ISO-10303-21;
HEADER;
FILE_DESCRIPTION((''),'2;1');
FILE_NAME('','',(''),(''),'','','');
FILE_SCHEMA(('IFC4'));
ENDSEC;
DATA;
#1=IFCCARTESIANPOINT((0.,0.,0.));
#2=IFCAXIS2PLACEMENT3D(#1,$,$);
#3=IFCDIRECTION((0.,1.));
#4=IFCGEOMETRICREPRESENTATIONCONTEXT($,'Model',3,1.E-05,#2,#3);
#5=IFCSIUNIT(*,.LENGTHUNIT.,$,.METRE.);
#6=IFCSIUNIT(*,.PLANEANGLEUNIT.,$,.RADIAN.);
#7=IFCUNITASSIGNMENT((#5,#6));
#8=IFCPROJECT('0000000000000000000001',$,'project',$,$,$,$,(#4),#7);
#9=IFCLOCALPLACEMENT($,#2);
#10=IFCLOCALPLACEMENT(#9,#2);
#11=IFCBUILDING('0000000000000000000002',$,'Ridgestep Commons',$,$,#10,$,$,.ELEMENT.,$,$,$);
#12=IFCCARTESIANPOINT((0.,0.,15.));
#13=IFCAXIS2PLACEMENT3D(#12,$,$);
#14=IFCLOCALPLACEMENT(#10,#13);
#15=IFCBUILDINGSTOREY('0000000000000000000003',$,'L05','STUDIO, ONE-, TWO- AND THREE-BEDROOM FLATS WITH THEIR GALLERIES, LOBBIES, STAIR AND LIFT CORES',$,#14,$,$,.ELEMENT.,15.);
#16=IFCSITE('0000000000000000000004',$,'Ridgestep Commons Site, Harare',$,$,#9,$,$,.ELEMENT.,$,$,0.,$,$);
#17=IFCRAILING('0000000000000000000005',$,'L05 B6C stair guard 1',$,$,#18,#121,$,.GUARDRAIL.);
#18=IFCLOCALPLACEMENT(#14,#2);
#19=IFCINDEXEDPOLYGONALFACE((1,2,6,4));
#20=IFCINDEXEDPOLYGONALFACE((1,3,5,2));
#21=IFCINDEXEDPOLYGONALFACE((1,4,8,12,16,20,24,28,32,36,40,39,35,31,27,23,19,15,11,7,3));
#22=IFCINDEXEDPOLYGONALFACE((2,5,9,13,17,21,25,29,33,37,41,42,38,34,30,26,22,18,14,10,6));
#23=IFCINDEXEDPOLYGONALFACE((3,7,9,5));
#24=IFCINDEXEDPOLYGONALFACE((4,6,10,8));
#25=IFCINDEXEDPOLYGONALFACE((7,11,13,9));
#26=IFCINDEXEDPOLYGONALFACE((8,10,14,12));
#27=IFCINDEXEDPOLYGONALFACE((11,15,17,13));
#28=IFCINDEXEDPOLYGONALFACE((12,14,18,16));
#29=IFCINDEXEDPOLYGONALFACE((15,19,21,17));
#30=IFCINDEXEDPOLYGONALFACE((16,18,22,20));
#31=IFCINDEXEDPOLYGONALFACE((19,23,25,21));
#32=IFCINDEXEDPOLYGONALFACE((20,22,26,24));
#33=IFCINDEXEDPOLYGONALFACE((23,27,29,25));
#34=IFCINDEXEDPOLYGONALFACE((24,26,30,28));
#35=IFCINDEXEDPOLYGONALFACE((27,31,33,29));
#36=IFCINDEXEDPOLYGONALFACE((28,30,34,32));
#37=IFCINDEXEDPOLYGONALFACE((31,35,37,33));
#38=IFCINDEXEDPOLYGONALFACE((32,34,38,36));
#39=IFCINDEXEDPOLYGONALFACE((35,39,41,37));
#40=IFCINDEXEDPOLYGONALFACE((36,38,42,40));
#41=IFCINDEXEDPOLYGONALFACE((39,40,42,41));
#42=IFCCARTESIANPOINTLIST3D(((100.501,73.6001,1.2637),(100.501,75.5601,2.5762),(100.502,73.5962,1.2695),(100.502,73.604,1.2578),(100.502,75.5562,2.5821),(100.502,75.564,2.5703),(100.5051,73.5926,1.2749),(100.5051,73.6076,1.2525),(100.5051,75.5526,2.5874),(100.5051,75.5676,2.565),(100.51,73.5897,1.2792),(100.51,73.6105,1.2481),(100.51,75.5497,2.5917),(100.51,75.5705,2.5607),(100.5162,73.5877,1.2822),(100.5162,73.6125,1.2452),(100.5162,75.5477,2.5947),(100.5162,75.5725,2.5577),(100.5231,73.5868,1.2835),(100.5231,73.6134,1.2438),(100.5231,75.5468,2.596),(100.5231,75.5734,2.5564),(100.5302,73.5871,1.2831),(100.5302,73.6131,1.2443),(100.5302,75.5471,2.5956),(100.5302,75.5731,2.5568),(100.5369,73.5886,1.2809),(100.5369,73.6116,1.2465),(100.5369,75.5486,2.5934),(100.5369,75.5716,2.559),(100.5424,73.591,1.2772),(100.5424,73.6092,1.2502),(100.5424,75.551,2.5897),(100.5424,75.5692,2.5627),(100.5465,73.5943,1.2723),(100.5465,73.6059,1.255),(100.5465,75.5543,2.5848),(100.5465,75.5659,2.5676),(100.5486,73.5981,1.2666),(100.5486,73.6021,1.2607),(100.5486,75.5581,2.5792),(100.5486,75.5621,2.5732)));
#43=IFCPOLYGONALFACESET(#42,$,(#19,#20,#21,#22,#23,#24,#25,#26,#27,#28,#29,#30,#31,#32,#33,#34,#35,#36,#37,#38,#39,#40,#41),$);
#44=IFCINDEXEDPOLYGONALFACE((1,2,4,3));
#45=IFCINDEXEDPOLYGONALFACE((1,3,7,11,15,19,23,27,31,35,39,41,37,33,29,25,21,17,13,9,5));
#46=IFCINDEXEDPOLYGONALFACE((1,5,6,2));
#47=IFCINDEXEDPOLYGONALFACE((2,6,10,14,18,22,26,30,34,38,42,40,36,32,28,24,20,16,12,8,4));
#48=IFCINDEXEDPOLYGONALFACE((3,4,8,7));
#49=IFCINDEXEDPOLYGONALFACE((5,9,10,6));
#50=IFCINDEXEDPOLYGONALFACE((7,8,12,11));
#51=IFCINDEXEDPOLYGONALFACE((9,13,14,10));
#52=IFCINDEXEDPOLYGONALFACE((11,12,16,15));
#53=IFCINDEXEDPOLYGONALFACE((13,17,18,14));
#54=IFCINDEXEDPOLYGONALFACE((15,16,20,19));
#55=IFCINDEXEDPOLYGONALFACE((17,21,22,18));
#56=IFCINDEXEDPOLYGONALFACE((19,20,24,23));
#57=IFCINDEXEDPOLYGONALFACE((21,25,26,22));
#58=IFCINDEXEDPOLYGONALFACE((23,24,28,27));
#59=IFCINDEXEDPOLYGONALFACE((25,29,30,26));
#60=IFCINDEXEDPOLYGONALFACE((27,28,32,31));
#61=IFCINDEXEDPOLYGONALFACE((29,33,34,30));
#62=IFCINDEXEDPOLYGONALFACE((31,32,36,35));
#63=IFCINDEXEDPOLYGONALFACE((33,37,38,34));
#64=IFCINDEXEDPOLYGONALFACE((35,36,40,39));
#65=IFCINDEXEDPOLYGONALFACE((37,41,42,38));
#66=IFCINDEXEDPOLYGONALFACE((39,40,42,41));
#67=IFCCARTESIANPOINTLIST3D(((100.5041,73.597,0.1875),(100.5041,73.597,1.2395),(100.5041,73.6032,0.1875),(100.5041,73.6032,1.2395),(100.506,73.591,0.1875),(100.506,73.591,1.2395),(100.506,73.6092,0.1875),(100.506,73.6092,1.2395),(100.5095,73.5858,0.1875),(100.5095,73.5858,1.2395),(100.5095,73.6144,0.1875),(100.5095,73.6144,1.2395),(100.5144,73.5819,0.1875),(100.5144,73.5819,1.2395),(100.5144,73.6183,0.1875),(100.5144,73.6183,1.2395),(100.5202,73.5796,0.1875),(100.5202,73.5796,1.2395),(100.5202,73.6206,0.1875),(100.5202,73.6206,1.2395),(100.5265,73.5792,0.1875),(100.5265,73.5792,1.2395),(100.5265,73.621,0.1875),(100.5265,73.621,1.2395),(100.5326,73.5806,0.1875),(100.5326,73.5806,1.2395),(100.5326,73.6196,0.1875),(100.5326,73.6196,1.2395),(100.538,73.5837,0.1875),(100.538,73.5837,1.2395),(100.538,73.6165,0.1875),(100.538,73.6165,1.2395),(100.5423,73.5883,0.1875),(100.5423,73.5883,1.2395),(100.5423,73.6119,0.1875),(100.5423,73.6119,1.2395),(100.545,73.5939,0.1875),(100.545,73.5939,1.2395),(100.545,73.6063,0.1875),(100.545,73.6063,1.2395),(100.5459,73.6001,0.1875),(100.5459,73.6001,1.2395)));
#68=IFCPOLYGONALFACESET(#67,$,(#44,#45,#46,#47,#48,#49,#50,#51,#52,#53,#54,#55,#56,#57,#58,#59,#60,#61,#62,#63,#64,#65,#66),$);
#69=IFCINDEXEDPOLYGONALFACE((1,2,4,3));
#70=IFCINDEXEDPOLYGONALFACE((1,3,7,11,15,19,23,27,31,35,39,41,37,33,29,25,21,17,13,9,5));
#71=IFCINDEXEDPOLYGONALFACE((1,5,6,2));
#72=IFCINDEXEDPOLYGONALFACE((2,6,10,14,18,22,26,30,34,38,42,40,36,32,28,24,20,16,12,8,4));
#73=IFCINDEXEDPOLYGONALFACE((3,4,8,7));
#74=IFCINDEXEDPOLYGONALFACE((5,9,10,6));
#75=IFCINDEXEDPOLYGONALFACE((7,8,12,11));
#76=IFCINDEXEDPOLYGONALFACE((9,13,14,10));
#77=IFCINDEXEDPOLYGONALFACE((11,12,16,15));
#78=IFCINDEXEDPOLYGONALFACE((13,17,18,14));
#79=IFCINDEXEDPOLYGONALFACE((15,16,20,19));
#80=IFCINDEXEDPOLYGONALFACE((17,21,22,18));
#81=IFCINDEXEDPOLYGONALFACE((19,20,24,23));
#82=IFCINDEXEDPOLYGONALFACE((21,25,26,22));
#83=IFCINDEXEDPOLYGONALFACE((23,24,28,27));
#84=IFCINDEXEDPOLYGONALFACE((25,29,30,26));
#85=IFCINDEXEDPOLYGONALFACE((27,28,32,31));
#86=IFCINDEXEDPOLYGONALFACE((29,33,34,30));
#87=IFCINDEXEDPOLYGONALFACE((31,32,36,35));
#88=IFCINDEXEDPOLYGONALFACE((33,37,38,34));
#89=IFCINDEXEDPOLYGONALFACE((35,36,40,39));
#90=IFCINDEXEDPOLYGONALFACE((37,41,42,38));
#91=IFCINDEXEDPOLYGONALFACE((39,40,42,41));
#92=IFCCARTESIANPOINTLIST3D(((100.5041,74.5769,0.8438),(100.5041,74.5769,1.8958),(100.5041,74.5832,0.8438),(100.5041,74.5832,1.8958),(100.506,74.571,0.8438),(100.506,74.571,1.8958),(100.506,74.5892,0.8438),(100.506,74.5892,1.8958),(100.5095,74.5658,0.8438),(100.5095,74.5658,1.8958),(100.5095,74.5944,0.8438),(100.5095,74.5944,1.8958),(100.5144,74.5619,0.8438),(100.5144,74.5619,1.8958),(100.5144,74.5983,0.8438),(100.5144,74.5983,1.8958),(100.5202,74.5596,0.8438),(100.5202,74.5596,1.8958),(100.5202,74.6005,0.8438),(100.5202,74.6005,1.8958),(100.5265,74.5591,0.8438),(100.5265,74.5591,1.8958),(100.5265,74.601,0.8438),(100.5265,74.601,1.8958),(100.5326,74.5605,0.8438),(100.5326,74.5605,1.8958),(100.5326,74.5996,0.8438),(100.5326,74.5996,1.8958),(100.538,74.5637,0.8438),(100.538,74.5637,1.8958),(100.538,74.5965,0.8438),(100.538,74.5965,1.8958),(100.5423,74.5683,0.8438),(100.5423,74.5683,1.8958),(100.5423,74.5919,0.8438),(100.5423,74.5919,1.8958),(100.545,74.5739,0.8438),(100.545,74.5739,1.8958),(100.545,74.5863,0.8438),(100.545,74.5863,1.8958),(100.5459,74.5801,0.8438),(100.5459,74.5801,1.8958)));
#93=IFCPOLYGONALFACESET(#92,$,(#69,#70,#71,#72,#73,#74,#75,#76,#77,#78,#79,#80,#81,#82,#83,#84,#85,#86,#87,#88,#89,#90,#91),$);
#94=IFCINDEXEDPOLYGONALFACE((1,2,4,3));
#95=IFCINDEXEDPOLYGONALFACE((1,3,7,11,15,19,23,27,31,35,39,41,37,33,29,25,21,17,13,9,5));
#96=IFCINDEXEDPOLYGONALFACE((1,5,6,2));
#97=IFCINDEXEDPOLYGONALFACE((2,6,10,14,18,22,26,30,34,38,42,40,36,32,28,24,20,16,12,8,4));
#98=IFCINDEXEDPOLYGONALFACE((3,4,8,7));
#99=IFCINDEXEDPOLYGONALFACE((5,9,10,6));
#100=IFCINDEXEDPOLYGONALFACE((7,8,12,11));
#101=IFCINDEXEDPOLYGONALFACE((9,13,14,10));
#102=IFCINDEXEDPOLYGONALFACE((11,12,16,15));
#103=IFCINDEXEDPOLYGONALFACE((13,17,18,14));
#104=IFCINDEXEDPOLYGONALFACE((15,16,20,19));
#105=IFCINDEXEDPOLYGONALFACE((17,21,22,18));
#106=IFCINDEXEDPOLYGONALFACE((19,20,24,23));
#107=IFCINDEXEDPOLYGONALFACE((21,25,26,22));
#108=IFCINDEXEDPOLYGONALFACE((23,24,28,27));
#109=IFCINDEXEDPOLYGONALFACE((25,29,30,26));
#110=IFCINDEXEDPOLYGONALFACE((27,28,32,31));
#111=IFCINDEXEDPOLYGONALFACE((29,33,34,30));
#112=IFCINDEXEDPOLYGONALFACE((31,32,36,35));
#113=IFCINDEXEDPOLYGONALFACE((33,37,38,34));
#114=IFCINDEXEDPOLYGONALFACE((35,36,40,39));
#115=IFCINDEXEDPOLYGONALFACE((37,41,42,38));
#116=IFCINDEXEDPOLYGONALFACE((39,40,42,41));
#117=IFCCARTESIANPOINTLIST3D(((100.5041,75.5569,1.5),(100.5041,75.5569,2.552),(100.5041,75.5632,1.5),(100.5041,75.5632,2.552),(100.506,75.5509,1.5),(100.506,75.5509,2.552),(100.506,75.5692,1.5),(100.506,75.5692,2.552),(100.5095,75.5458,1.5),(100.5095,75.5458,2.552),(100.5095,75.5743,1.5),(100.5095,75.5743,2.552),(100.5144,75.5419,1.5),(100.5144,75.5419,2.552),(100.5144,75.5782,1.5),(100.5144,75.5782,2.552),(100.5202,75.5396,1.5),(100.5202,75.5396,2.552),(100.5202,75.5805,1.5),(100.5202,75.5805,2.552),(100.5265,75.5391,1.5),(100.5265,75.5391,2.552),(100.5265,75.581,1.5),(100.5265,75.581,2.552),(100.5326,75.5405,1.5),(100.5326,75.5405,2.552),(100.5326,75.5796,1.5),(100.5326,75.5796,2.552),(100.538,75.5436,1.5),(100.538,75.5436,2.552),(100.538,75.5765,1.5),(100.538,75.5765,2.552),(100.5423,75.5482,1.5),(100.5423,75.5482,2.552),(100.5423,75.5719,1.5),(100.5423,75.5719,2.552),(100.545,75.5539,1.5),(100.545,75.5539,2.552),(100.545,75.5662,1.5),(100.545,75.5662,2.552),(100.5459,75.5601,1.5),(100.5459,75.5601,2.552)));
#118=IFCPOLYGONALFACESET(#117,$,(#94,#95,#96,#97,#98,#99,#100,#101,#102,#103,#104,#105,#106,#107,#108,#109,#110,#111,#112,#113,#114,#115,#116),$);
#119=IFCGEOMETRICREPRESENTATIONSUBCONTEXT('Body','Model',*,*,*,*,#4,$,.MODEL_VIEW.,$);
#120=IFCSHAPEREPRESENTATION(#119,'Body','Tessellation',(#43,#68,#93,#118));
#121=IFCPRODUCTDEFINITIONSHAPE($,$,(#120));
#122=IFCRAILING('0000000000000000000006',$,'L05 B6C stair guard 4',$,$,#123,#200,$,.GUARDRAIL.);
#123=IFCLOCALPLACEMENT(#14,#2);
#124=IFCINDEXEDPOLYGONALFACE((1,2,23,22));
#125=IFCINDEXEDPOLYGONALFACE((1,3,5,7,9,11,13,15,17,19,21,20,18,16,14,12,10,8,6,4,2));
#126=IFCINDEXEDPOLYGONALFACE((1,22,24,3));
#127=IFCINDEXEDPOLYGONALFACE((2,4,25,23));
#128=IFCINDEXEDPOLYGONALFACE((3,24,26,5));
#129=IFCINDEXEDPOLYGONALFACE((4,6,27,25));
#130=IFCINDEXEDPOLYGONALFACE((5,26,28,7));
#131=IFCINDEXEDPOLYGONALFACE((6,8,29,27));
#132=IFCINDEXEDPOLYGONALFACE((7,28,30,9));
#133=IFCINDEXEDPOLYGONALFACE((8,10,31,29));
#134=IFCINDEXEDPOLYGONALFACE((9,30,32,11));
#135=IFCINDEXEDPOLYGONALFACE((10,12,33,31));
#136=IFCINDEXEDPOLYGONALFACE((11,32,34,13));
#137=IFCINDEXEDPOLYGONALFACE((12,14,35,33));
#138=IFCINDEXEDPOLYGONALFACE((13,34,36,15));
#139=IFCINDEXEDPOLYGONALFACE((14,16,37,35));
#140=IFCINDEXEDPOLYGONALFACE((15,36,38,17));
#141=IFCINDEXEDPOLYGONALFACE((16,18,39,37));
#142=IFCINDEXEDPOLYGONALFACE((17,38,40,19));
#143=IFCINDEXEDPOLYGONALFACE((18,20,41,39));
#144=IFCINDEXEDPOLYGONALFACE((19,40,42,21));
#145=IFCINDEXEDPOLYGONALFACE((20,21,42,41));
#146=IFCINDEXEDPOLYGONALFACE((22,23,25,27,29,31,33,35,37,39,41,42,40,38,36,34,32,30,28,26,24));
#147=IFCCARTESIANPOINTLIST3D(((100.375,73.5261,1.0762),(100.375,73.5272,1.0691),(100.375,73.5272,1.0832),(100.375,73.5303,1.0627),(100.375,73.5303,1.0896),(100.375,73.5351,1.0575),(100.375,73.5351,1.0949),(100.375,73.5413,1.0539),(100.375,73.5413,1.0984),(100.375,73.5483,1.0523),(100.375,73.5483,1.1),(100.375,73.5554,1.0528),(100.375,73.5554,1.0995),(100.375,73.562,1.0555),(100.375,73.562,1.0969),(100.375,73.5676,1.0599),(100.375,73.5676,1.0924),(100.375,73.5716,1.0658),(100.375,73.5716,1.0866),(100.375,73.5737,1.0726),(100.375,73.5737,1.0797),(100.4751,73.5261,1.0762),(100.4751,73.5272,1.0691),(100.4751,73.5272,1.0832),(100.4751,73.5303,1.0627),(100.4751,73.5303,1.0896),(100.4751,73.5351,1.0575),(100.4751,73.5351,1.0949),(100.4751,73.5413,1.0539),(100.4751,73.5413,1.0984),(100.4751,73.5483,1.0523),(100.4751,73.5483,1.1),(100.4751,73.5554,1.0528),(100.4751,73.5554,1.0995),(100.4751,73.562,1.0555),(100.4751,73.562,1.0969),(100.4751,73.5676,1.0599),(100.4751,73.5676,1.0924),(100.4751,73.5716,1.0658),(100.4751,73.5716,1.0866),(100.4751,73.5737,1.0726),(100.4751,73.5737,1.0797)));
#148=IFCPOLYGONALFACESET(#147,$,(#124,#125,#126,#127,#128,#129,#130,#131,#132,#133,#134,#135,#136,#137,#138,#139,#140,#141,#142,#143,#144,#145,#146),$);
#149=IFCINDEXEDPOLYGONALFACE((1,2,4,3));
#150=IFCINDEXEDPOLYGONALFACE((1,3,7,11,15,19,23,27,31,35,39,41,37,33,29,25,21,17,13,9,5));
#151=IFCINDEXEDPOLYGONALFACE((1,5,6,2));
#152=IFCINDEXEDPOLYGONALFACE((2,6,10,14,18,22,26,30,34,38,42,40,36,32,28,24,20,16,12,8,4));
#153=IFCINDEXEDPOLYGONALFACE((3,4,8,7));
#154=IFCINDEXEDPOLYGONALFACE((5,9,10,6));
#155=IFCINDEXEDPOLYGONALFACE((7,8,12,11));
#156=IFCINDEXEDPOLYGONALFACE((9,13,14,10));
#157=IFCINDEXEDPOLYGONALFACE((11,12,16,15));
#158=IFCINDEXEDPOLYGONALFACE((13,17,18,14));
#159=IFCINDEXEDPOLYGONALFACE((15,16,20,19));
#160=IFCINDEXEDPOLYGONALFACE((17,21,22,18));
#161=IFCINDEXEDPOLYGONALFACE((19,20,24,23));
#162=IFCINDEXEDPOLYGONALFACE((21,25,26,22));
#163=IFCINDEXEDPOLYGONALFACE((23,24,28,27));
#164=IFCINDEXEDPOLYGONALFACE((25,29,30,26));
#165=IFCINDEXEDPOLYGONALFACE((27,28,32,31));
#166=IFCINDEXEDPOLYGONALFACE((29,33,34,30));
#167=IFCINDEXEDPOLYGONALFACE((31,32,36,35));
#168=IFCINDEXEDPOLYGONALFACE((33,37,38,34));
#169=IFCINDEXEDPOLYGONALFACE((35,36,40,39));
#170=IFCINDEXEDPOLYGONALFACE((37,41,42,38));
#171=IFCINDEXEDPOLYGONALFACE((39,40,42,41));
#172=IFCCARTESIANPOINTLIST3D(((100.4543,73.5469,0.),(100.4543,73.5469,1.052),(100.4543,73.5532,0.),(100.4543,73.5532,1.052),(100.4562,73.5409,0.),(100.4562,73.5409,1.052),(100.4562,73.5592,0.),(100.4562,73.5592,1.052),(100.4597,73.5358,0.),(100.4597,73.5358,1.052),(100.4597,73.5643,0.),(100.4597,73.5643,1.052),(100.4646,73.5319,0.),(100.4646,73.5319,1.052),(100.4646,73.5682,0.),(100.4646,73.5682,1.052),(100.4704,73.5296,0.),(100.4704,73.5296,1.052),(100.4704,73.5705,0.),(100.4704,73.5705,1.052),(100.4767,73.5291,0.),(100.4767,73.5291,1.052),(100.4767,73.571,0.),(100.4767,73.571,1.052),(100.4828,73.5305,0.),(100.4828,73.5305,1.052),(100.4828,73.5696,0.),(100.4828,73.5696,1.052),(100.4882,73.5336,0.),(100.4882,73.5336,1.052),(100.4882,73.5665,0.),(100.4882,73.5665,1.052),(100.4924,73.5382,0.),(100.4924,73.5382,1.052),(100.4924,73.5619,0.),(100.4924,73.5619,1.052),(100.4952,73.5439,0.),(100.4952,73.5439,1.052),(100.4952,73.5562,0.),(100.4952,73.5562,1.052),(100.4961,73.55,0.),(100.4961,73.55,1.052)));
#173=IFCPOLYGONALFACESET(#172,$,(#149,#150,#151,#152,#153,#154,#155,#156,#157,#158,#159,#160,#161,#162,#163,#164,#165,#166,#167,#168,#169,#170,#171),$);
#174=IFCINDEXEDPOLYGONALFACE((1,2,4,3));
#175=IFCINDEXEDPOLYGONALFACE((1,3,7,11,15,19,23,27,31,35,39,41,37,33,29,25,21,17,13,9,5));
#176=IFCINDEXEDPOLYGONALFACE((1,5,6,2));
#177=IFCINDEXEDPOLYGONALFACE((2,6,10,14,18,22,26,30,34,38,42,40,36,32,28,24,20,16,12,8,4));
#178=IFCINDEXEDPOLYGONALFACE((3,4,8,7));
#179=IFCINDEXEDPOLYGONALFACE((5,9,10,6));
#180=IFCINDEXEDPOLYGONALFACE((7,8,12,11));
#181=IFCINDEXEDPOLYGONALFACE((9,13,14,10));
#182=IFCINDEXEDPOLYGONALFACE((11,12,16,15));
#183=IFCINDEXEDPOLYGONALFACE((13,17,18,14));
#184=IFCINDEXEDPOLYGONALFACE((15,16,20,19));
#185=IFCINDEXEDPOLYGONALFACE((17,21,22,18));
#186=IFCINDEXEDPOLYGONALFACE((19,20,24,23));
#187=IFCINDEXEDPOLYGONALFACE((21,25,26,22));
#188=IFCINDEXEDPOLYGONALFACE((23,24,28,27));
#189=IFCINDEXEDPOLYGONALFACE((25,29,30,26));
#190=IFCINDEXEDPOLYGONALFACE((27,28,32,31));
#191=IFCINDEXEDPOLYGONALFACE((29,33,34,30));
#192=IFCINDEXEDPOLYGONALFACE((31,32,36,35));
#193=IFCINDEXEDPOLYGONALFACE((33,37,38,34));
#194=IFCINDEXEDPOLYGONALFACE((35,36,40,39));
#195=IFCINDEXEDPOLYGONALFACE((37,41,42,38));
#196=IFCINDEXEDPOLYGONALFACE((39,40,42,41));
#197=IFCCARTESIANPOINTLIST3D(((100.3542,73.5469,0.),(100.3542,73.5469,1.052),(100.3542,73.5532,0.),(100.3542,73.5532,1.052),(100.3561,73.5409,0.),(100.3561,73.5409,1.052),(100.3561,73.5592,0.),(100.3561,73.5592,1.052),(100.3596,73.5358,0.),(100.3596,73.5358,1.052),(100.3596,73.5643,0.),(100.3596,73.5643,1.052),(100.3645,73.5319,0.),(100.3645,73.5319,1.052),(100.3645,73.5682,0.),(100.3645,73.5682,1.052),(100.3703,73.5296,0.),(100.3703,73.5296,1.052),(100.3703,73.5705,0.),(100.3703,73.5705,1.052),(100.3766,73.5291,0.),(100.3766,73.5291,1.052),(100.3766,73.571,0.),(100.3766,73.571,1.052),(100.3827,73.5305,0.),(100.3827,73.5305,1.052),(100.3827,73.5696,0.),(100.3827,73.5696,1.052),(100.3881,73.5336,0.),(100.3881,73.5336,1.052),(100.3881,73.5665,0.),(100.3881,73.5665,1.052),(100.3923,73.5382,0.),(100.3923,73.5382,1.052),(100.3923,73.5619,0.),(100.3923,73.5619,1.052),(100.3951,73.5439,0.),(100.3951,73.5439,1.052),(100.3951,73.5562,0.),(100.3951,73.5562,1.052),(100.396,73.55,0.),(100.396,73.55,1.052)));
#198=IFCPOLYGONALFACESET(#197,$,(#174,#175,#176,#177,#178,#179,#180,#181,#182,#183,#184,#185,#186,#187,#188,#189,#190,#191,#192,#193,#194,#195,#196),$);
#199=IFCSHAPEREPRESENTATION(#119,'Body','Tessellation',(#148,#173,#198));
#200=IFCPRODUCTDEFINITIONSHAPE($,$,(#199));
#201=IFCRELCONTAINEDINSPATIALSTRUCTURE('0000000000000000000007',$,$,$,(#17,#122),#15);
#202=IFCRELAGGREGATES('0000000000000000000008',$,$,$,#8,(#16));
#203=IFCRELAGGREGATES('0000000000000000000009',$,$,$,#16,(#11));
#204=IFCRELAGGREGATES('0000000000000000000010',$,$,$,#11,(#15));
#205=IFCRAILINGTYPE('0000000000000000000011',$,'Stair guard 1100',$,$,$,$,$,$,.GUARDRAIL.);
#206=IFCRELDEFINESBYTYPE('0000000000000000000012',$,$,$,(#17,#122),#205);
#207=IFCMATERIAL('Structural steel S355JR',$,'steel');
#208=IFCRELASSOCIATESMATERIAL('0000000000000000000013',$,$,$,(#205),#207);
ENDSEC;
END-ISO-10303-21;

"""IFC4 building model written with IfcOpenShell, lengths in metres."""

from ifc_helpers import new_model, si_unit, direction, frame, origin, origin_2d, place, context, subcontext, project, spatial, circle, extrude, material, type_object, element, save


model = new_model("IFC4")

# Units and contexts
model_context = context("Model", 3, precision=1e-05, world=origin(), true_north=direction((0.0, 1.0)))
body_context = subcontext(model_context, "Body", "Model", "MODEL_VIEW")
ifc_project = project(units=[si_unit("LENGTHUNIT", "METRE"), si_unit("PLANEANGLEUNIT", "RADIAN")], contexts=[model_context])

# Site, building, storey
site_placement = place(None, origin())
site = spatial("IfcSite", under=ifc_project, at=site_placement, Name="Ridgestep Commons Site, Harare", CompositionType="ELEMENT", RefElevation=0.0)
building_placement = place(site_placement, origin())
building = spatial("IfcBuilding", under=site, at=building_placement, Name="Ridgestep Commons", CompositionType="ELEMENT")
storey_placement = place(building_placement, frame((0.0, 0.0, 15.0)))
storey = spatial("IfcBuildingStorey", under=building, at=storey_placement, Name="L05", Description="STUDIO, ONE-, TWO- AND THREE-BEDROOM FLATS WITH THEIR GALLERIES, LOBBIES, STAIR AND LIFT CORES", CompositionType="ELEMENT", Elevation=15.0)

# Railings
ifc_material_1 = material(Name="Structural steel S355JR", Category="steel")
railing_type_1 = type_object("IfcRailingType", Name="Stair guard 1100", PredefinedType="GUARDRAIL", material=ifc_material_1)
railing_1_placement = place(storey_placement, frame((100.5249, 73.6001, 0.1875)))
element("IfcRailing", 1, at=railing_1_placement, inside=storey, type_object=railing_type_1, Name="L05 B6C stair guard 1", PredefinedType="GUARDRAIL", context=body_context, shape_type="SweptSolid", body=[
    extrude(circle(Radius=0.0239, at=origin_2d()), frame((0.0, 0.0, 1.0762), z_axis=(0.0, 0.830902, 0.556419), x_axis=(-1.0, 0.0, 0.0)), (0.0, 0.0, 1.0), 2.3589),
    extrude(circle(Radius=0.021, at=origin_2d()), origin(), (0.0, 0.0, 1.0), 1.052),
    extrude(circle(Radius=0.021, at=origin_2d()), frame((0.0, 0.98, 0.6562)), (0.0, 0.0, 1.0), 1.052),
    extrude(circle(Radius=0.021, at=origin_2d()), frame((0.0, 1.96, 1.3125)), (0.0, 0.0, 1.0), 1.052),
])
railing_2_placement = place(storey_placement, frame((100.4751, 73.55, 0.0)))
element("IfcRailing", 2, at=railing_2_placement, inside=storey, type_object=railing_type_1, Name="L05 B6C stair guard 4", PredefinedType="GUARDRAIL", context=body_context, shape_type="SweptSolid", body=[
    extrude(circle(Radius=0.0239, at=origin_2d()), frame((0.0, 0.0, 1.0762), z_axis=(-1.0, 0.0, 0.0), x_axis=(0.0, -1.0, 0.0)), (0.0, 0.0, 1.0), 0.1001),
    extrude(circle(Radius=0.021, at=origin_2d()), origin(), (0.0, 0.0, 1.0), 1.052),
    extrude(circle(Radius=0.021, at=origin_2d()), frame((-0.1001, 0.0, 0.0)), (0.0, 0.0, 1.0), 1.052),
])

save(model, "model.ifc")
